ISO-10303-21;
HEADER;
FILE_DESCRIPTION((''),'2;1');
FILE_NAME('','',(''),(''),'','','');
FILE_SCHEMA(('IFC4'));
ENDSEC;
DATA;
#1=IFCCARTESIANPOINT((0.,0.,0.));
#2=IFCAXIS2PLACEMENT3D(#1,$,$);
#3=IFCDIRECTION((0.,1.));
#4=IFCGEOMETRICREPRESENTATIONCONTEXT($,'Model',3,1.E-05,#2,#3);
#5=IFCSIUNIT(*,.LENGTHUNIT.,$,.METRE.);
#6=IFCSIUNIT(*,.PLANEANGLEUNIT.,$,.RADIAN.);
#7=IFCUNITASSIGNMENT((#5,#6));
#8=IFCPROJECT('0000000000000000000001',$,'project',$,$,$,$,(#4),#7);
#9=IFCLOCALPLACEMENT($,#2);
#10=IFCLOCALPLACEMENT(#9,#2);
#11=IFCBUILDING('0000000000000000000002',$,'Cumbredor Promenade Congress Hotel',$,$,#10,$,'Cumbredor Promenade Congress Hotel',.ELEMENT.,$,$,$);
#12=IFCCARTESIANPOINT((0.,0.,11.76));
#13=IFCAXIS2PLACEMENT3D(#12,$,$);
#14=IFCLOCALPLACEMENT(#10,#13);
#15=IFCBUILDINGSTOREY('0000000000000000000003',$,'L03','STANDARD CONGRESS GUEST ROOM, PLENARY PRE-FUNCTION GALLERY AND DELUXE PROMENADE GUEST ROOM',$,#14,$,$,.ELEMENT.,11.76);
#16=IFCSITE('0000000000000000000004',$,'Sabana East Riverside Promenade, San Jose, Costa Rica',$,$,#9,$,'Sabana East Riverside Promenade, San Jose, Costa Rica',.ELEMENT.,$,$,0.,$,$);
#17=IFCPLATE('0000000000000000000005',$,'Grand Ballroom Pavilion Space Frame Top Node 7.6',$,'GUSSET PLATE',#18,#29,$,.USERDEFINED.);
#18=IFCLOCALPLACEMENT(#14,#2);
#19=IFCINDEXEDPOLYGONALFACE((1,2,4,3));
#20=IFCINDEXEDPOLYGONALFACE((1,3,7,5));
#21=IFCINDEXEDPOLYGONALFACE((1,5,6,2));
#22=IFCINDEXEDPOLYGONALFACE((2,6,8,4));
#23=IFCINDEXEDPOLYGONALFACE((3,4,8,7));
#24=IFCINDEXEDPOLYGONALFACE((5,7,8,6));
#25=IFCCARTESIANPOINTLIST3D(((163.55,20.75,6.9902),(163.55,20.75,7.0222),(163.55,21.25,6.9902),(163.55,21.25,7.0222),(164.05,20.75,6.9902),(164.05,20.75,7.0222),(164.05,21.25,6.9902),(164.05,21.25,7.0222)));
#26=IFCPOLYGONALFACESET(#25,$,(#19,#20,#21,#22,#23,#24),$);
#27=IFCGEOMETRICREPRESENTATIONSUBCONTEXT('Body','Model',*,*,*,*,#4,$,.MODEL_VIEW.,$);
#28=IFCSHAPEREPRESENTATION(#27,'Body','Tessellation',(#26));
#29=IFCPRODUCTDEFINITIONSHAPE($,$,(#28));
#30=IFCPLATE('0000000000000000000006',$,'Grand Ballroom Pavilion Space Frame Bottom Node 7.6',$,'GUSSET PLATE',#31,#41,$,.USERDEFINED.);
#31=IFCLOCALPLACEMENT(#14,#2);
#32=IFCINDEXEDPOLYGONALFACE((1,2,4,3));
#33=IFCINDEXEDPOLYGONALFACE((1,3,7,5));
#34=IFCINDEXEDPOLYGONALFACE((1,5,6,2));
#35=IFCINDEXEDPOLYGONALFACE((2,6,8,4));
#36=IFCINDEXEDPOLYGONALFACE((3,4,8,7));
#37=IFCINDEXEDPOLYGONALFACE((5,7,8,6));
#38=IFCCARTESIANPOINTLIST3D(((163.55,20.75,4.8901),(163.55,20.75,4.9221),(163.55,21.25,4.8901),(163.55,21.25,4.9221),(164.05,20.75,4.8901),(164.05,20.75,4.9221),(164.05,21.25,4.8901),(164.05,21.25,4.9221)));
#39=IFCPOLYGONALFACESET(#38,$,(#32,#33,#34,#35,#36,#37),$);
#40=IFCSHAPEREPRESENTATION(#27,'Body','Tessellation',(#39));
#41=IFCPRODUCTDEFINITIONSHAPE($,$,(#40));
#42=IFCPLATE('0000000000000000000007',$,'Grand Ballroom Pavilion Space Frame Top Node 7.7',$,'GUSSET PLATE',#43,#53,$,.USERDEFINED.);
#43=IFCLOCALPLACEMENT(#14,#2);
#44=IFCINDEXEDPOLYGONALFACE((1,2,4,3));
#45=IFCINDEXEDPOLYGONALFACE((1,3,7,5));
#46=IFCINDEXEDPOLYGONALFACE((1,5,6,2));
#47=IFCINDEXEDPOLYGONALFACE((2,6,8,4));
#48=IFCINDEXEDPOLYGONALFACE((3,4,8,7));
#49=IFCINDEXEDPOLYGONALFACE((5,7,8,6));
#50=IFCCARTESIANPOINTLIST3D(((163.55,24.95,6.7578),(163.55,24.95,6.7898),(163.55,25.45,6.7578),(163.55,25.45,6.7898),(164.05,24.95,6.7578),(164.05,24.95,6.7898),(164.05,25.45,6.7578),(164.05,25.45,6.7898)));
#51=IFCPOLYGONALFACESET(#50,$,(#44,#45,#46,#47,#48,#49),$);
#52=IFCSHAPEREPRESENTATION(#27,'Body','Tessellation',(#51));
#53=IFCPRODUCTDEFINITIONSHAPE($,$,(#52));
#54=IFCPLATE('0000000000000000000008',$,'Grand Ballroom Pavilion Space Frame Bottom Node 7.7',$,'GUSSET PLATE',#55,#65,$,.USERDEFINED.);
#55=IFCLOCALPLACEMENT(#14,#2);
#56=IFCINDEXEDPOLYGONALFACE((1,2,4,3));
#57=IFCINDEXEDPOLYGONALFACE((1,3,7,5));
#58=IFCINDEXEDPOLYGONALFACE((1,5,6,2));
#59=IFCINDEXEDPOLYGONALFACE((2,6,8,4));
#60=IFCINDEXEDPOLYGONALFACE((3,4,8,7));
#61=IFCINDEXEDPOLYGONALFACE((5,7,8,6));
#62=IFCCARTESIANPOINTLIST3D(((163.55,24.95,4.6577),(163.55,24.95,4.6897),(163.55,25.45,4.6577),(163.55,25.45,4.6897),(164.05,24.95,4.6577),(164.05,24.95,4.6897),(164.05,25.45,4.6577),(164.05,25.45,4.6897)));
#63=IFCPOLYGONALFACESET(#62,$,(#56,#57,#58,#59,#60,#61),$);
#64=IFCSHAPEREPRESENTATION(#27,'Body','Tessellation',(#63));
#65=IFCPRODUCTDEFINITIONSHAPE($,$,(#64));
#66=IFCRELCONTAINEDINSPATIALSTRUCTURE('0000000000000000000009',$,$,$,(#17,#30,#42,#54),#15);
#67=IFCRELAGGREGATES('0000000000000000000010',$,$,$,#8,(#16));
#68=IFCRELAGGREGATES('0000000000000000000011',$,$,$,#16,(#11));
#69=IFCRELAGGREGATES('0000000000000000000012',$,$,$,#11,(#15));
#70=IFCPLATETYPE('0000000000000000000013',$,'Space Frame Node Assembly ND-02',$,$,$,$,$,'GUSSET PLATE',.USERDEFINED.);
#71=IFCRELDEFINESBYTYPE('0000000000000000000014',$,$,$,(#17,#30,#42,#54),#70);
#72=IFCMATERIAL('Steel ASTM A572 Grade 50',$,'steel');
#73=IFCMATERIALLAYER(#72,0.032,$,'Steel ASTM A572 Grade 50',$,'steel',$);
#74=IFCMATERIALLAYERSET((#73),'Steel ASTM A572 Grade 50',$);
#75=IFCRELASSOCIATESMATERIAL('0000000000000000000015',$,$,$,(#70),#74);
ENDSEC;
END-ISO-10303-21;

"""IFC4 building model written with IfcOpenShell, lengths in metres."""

from ifc_helpers import new_model, si_unit, direction, frame, origin, origin_2d, place, context, subcontext, project, spatial, rectangle, extrude, material, layer, layer_set, type_object, element, save


model = new_model("IFC4")

# Units and contexts
model_context = context("Model", 3, precision=1e-05, world=origin(), true_north=direction((0.0, 1.0)))
body_context = subcontext(model_context, "Body", "Model", "MODEL_VIEW")
ifc_project = project(units=[si_unit("LENGTHUNIT", "METRE"), si_unit("PLANEANGLEUNIT", "RADIAN")], contexts=[model_context])

# Site, building, storey
site_placement = place(None, origin())
site = spatial("IfcSite", under=ifc_project, at=site_placement, Name="Sabana East Riverside Promenade, San Jose, Costa Rica", LongName="Sabana East Riverside Promenade, San Jose, Costa Rica", CompositionType="ELEMENT", RefElevation=0.0)
building_placement = place(site_placement, origin())
building = spatial("IfcBuilding", under=site, at=building_placement, Name="Cumbredor Promenade Congress Hotel", LongName="Cumbredor Promenade Congress Hotel", CompositionType="ELEMENT")
storey_placement = place(building_placement, frame((0.0, 0.0, 11.76)))
storey = spatial("IfcBuildingStorey", under=building, at=storey_placement, Name="L03", Description="STANDARD CONGRESS GUEST ROOM, PLENARY PRE-FUNCTION GALLERY AND DELUXE PROMENADE GUEST ROOM", CompositionType="ELEMENT", Elevation=11.76)

# Plates
ifc_material_1 = material(Name="Steel ASTM A572 Grade 50", Category="steel")
ifc_layer = layer(ifc_material_1, 0.032, Name="Steel ASTM A572 Grade 50", Category="steel")
ifc_layer_set = layer_set([ifc_layer], Name="Steel ASTM A572 Grade 50")
plate_type = type_object("IfcPlateType", Name="Space Frame Node Assembly ND-02", ElementType="GUSSET PLATE", PredefinedType="USERDEFINED", material=ifc_layer_set)
for number, where, z_axis, x_axis, name in (
    (1, (163.8, 21.0, 6.9902), (0.0, 0.0, 1.0), (1.0, 0.0, 0.0), "Grand Ballroom Pavilion Space Frame Top Node 7.6"),
    (2, (163.8, 21.0, 4.8901), (0.0, 0.0, 1.0), (1.0, 0.0, 0.0), "Grand Ballroom Pavilion Space Frame Bottom Node 7.6"),
    (3, (163.8, 25.2, 6.7578), (0.0, 0.0, 1.0), (1.0, 0.0, 0.0), "Grand Ballroom Pavilion Space Frame Top Node 7.7"),
    (4, (163.8, 25.2, 4.6577), (0.0, 0.0, 1.0), (1.0, 0.0, 0.0), "Grand Ballroom Pavilion Space Frame Bottom Node 7.7"),
):
    element("IfcPlate", number, at=place(storey_placement, frame(where, z_axis=z_axis, x_axis=x_axis)), inside=storey, type_object=plate_type, Name=name, ObjectType="GUSSET PLATE", PredefinedType="USERDEFINED", context=body_context, shape_type="SweptSolid", body=[
        extrude(rectangle(XDim=0.5, YDim=0.5, at=origin_2d()), origin(), (0.0, 0.0, 1.0), 0.032),
    ])

save(model, "model.ifc")
